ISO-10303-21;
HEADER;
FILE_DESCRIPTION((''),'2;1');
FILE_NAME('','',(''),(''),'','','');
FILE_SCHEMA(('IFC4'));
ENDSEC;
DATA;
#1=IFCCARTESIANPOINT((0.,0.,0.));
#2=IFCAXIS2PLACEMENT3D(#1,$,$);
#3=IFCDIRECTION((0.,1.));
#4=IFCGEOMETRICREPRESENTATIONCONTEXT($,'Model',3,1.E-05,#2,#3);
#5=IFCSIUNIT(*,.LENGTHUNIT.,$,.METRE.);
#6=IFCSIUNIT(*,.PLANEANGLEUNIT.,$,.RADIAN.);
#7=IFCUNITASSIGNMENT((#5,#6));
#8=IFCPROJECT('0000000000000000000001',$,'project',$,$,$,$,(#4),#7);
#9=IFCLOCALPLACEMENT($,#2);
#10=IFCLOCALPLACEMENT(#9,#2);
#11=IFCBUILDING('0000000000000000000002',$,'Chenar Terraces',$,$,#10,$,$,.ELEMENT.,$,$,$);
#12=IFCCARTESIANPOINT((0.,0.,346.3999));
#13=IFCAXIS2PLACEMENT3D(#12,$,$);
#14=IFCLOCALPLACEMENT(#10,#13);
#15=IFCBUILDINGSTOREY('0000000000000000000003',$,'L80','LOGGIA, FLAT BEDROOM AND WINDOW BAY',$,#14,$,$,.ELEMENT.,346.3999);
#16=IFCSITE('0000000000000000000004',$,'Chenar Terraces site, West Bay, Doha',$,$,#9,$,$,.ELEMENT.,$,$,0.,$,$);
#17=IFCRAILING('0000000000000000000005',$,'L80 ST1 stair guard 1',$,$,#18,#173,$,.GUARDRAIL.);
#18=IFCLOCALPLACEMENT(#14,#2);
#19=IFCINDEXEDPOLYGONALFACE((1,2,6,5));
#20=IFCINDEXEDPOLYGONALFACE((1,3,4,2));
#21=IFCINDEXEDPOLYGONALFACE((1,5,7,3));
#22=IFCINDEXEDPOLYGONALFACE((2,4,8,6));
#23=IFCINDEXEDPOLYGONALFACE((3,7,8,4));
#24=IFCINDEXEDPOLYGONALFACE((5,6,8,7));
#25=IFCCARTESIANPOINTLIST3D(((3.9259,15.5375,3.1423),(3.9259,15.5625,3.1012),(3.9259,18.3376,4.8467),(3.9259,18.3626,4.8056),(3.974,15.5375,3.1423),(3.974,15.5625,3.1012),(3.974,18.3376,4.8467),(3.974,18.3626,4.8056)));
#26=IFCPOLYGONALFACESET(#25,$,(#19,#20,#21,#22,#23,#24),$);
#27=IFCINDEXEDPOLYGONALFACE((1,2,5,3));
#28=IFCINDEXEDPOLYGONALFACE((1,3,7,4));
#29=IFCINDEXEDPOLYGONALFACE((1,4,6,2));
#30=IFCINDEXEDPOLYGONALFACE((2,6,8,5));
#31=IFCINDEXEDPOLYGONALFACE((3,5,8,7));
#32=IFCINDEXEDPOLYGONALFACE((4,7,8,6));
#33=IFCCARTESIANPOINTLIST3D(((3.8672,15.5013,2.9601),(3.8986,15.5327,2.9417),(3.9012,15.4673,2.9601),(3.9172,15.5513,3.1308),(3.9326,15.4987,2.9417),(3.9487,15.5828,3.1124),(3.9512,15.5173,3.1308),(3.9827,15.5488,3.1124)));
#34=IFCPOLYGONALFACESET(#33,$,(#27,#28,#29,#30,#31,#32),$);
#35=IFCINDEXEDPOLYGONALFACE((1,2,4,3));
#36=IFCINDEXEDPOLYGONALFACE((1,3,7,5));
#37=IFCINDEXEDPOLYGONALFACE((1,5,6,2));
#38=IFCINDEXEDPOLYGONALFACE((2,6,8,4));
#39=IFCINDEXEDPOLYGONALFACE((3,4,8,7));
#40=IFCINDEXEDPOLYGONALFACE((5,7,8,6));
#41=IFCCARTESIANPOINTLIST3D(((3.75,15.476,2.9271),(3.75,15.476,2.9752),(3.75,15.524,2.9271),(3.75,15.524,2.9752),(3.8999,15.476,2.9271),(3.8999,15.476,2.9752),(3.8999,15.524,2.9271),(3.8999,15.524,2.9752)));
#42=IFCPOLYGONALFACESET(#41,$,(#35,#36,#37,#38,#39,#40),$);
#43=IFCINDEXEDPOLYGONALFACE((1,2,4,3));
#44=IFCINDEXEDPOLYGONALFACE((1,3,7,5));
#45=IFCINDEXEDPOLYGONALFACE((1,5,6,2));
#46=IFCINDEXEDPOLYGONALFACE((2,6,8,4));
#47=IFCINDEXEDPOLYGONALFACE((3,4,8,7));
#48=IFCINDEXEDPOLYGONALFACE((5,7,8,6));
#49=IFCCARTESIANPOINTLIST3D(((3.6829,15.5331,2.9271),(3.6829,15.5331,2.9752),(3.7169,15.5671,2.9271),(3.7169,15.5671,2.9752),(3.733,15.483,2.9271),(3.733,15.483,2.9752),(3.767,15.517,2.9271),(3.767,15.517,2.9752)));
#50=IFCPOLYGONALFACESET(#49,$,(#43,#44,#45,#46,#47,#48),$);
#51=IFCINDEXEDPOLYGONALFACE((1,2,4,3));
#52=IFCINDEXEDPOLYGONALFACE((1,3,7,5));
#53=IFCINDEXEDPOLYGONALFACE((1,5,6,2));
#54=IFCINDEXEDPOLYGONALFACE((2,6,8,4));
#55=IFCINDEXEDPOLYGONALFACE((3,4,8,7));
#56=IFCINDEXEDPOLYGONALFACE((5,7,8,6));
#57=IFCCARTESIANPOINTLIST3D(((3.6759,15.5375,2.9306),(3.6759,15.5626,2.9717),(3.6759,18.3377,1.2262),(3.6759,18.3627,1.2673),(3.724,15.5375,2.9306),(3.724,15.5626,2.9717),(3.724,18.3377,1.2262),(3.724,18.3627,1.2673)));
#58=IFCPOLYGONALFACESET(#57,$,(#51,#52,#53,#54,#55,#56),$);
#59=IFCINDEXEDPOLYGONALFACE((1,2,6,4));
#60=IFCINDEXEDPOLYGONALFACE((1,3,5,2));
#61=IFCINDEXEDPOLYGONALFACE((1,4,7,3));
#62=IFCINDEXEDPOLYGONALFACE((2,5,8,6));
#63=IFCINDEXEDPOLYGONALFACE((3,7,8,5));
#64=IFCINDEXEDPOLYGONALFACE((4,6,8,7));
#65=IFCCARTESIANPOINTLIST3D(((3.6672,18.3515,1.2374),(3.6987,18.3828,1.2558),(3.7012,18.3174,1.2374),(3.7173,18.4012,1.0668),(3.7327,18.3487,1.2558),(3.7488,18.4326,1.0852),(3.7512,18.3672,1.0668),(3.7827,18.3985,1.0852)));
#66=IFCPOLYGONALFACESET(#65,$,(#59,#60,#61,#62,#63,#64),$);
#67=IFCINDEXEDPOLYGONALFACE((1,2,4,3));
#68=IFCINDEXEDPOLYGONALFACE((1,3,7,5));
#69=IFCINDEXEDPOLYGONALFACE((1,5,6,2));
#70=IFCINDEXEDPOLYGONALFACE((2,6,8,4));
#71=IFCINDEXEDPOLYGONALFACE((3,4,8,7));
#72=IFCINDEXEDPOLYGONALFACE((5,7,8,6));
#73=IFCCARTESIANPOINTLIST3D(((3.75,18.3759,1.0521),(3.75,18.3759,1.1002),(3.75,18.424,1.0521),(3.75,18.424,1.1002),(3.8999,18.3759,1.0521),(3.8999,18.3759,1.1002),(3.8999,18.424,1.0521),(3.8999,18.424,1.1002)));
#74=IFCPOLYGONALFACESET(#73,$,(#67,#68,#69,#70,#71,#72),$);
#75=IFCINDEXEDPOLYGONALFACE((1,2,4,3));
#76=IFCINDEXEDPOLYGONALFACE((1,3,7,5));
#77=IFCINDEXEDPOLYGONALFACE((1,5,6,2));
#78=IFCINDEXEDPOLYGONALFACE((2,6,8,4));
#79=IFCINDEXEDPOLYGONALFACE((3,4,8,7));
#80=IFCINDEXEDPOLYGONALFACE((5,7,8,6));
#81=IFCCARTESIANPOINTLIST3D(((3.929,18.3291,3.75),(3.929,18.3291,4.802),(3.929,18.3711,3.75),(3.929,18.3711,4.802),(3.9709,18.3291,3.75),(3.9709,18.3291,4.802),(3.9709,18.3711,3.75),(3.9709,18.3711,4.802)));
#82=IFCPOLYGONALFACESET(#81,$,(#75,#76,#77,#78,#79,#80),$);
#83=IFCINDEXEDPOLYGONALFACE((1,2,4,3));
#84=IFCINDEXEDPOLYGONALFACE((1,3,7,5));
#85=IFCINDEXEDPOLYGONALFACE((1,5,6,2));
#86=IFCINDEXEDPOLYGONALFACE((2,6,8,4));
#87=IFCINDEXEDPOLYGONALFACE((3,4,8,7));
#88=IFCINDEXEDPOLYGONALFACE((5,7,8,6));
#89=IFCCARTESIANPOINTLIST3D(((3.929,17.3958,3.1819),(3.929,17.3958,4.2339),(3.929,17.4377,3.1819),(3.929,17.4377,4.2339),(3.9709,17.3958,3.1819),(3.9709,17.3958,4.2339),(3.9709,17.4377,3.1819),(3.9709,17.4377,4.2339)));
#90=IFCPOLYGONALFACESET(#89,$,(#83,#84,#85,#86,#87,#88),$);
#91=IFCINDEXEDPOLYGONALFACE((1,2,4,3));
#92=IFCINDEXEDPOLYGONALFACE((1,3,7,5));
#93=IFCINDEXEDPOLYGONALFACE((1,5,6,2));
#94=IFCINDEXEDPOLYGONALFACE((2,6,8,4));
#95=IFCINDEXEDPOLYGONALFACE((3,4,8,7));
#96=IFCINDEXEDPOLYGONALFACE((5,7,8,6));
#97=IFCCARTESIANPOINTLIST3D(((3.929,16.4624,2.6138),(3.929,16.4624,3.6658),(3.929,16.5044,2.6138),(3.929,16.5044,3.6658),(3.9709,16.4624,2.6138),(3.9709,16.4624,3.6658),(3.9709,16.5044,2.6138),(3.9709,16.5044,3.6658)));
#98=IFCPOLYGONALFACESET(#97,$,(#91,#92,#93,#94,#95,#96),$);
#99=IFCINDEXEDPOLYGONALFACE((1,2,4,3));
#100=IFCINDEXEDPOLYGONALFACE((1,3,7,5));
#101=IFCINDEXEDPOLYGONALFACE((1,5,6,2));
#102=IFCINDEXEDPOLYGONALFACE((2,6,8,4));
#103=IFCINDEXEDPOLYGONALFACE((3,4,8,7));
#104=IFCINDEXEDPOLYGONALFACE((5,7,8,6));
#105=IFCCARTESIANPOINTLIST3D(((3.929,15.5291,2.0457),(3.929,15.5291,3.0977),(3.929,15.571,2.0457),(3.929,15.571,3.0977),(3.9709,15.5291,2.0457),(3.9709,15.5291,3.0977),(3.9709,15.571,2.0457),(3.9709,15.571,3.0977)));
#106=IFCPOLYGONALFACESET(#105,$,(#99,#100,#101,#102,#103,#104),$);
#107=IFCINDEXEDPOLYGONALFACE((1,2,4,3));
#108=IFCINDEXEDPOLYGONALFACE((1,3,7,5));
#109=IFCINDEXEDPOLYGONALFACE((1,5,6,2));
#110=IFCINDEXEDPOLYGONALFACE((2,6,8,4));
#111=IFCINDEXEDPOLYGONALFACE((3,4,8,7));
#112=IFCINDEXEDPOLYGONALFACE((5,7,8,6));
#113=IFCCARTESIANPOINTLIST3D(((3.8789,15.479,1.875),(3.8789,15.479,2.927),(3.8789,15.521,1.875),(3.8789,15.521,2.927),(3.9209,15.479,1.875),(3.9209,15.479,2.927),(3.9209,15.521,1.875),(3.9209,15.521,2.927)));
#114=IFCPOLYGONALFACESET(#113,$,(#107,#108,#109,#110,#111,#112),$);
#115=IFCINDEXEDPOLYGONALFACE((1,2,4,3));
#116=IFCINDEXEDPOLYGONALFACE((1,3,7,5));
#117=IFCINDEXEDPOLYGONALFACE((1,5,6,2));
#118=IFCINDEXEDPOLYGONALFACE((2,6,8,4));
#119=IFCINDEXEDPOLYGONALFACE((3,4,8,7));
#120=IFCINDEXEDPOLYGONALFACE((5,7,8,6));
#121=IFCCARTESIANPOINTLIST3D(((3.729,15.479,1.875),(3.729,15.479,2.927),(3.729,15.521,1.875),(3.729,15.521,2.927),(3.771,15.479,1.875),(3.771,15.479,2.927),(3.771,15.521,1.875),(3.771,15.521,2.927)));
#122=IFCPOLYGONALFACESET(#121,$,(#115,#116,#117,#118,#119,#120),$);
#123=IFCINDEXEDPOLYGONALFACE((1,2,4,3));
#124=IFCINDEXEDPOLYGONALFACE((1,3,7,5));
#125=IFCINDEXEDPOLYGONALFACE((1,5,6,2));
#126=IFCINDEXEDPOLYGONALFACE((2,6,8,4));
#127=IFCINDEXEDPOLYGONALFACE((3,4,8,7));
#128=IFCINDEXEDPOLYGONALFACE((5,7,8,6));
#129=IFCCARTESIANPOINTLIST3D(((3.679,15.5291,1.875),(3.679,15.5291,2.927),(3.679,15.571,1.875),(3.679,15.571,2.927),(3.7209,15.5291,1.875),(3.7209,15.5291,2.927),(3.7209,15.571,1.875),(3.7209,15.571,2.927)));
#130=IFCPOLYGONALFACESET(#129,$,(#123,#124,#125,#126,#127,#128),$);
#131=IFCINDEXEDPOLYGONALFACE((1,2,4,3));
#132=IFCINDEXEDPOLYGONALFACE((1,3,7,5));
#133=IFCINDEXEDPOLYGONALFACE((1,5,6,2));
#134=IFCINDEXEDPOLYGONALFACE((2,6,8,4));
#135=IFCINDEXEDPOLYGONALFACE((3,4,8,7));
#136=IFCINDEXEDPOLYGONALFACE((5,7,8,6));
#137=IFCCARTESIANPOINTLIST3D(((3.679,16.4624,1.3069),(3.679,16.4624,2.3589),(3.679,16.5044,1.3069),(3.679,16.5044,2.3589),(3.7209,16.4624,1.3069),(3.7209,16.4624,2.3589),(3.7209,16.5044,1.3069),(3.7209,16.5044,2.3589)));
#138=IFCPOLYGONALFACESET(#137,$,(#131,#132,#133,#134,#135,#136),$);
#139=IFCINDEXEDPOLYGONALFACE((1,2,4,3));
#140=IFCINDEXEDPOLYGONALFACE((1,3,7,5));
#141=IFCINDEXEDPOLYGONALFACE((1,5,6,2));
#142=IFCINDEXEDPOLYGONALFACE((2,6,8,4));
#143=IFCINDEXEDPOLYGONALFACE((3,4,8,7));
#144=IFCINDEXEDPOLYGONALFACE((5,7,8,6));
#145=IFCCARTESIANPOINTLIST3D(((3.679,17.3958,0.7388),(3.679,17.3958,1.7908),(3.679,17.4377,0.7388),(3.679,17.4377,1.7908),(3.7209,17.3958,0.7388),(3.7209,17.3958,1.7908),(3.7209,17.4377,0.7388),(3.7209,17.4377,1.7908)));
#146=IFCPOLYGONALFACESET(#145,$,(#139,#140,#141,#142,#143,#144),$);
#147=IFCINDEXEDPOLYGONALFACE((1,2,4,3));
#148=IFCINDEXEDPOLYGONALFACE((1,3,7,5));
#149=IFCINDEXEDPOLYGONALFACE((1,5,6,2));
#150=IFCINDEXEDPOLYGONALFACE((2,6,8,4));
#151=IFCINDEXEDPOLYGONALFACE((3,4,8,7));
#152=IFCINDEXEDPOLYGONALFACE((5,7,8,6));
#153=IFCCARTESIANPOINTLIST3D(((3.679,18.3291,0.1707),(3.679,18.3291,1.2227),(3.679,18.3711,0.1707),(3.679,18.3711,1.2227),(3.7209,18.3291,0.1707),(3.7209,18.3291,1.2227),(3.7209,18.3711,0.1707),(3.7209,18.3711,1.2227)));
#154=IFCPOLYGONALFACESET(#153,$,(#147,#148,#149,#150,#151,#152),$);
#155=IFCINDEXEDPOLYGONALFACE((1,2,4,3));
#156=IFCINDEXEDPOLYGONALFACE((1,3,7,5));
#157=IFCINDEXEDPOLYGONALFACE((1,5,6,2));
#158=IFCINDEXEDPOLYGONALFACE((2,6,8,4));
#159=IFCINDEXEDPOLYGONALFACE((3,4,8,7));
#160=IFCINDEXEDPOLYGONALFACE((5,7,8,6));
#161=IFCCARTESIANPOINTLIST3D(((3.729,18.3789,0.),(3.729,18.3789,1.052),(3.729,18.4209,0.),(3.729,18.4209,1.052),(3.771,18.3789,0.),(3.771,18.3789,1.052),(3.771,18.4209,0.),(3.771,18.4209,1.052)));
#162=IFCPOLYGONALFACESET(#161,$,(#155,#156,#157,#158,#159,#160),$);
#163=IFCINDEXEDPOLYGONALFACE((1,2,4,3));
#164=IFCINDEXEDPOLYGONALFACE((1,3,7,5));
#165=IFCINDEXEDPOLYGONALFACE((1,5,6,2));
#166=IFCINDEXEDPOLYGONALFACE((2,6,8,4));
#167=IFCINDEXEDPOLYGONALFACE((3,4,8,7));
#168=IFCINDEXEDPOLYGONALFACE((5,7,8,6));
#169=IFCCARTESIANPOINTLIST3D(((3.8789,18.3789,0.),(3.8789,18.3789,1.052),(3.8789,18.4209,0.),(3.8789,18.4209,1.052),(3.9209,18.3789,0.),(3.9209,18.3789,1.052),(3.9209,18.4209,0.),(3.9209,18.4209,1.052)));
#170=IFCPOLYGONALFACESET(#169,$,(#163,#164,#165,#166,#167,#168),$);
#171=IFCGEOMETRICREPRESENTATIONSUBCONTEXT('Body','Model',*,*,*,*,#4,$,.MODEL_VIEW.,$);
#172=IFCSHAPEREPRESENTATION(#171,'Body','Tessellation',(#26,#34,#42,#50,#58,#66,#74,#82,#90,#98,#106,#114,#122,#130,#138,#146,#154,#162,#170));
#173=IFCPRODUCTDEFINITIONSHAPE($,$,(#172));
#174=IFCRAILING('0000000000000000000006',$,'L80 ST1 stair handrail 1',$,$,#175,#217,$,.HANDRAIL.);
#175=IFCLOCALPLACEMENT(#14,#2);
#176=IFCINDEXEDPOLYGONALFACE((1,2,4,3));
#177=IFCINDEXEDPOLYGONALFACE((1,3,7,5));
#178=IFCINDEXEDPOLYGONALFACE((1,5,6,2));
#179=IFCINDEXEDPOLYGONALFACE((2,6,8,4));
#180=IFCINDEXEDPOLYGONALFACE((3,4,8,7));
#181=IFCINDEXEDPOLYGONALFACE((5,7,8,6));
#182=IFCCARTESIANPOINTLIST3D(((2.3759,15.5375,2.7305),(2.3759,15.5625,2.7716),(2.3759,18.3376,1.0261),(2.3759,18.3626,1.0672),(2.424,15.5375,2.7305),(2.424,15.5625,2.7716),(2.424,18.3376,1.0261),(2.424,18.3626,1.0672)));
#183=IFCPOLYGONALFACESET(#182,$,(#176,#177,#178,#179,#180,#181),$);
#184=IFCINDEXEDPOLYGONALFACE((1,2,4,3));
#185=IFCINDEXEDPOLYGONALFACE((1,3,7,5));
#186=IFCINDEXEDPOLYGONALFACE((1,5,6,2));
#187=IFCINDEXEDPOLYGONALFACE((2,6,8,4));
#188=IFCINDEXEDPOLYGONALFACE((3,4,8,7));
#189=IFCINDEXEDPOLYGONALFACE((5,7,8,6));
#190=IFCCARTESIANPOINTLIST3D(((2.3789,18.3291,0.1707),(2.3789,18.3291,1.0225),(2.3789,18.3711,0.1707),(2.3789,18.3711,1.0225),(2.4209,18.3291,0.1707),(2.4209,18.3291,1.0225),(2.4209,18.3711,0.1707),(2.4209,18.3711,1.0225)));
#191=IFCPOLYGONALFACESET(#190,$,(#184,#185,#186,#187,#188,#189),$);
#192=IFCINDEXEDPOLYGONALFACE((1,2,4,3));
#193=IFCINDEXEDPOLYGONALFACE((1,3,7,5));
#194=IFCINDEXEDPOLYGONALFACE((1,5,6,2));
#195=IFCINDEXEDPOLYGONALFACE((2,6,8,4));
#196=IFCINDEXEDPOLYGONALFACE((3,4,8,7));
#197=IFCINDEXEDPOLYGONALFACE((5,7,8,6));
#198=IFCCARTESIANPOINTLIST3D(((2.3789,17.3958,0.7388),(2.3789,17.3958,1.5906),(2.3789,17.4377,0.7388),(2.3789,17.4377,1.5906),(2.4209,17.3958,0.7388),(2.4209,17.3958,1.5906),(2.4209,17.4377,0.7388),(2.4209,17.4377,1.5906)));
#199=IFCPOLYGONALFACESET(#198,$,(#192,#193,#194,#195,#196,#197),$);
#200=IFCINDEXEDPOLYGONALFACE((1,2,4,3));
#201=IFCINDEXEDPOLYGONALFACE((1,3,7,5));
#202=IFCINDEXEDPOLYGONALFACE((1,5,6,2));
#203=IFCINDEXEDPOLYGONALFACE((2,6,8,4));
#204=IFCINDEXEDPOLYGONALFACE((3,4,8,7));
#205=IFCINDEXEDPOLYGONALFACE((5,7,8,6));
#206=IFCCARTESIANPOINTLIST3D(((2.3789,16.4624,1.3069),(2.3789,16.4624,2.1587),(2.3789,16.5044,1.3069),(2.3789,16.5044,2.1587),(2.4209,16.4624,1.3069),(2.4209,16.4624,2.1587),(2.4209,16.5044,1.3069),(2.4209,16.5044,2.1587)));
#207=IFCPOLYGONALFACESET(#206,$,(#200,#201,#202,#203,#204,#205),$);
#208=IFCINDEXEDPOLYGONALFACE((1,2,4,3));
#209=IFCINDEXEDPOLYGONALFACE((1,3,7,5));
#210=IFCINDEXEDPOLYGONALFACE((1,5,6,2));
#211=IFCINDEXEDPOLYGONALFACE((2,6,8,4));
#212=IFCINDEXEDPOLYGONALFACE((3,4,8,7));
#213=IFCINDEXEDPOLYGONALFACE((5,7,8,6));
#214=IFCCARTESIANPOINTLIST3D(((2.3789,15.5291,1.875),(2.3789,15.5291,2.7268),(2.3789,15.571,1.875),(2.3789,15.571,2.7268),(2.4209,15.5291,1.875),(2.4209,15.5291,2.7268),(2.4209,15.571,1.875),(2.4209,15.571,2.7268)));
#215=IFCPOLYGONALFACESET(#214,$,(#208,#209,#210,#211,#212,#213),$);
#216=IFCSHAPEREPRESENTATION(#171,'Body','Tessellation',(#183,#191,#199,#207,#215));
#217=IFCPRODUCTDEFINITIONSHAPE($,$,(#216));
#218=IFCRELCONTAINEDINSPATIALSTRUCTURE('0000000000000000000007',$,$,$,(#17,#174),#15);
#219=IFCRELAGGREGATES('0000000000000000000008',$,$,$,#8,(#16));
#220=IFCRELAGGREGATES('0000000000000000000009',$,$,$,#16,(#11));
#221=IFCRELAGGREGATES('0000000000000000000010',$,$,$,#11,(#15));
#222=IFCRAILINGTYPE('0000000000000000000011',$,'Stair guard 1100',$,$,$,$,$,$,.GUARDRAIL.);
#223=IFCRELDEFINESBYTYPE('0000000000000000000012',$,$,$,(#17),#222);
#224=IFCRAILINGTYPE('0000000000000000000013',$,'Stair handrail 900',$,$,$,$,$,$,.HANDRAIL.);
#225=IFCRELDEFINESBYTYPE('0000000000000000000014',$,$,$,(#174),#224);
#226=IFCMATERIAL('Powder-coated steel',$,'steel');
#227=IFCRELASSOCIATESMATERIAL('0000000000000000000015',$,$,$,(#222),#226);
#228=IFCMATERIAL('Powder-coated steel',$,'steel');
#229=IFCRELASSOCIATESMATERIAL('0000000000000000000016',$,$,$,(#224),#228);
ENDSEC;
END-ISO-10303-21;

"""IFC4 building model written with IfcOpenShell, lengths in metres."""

from ifc_helpers import new_model, si_unit, direction, frame, origin, origin_2d, place, context, subcontext, project, spatial, rectangle, extrude, material, type_object, element, save


model = new_model("IFC4")

# Units and contexts
model_context = context("Model", 3, precision=1e-05, world=origin(), true_north=direction((0.0, 1.0)))
body_context = subcontext(model_context, "Body", "Model", "MODEL_VIEW")
ifc_project = project(units=[si_unit("LENGTHUNIT", "METRE"), si_unit("PLANEANGLEUNIT", "RADIAN")], contexts=[model_context])

# Site, building, storey
site_placement = place(None, origin())
site = spatial("IfcSite", under=ifc_project, at=site_placement, Name="Chenar Terraces site, West Bay, Doha", CompositionType="ELEMENT", RefElevation=0.0)
building_placement = place(site_placement, origin())
building = spatial("IfcBuilding", under=site, at=building_placement, Name="Chenar Terraces", CompositionType="ELEMENT")
storey_placement = place(building_placement, frame((0.0, 0.0, 346.3999)))
storey = spatial("IfcBuildingStorey", under=building, at=storey_placement, Name="L80", Description="LOGGIA, FLAT BEDROOM AND WINDOW BAY", CompositionType="ELEMENT", Elevation=346.3999)

# Railings
ifc_material_1 = material(Name="Powder-coated steel", Category="steel")
railing_type_1 = type_object("IfcRailingType", Name="Stair guard 1100", PredefinedType="GUARDRAIL", material=ifc_material_1)
railing_1_placement = place(storey_placement, frame((3.95, 18.3501, 3.75)))
element("IfcRailing", 1, at=railing_1_placement, inside=storey, type_object=railing_type_1, Name="L80 ST1 stair guard 1", PredefinedType="GUARDRAIL", context=body_context, shape_type="SweptSolid", body=[
    extrude(rectangle(XDim=0.0481, YDim=0.0481, at=origin_2d()), frame((0.0, 0.0, 1.0762), z_axis=(0.0, -0.854203, -0.51994), x_axis=(1.0, 0.0, 0.0)), (0.0, 0.0, 1.0), 3.2781),
    extrude(rectangle(XDim=0.0481, YDim=0.0481, at=origin_2d()), frame((0.0, -2.8, -0.6284), z_axis=(-0.2709, -0.2709, -0.923703), x_axis=(0.707107, -0.707107, 0.0)), (0.0, 0.0, 1.0), 0.1848),
    extrude(rectangle(XDim=0.0481, YDim=0.0481, at=origin_2d()), frame((-0.05, -2.8501, -0.7988), z_axis=(-1.0, 0.0, 0.0), x_axis=(0.0, -1.0, 0.0)), (0.0, 0.0, 1.0), 0.1499),
    extrude(rectangle(XDim=0.0481, YDim=0.0481, at=origin_2d()), frame((-0.2, -2.8501, -0.7988), z_axis=(-0.707107, 0.707107, 0.0), x_axis=(-0.707107, -0.707107, 0.0)), (0.0, 0.0, 1.0), 0.0708),
    extrude(rectangle(XDim=0.0481, YDim=0.0481, at=origin_2d()), frame((-0.25, -2.8, -0.7988), z_axis=(0.0, 0.854203, -0.51994), x_axis=(-1.0, 0.0, 0.0)), (0.0, 0.0, 1.0), 3.2781),
    extrude(rectangle(XDim=0.0481, YDim=0.0481, at=origin_2d()), frame((-0.25, 0.0, -2.5034), z_axis=(0.270997, 0.269675, -0.924033), x_axis=(-0.705376, 0.708834, 0.0)), (0.0, 0.0, 1.0), 0.1846),
    extrude(rectangle(XDim=0.0481, YDim=0.0481, at=origin_2d()), frame((-0.2, 0.0498, -2.6738), z_axis=(1.0, 0.0, 0.0), x_axis=(0.0, 1.0, 0.0)), (0.0, 0.0, 1.0), 0.1499),
    extrude(rectangle(XDim=0.042, YDim=0.042, at=origin_2d()), origin(), (0.0, 0.0, 1.0), 1.052),
    extrude(rectangle(XDim=0.042, YDim=0.042, at=origin_2d()), frame((0.0, -0.9333, -0.5681)), (0.0, 0.0, 1.0), 1.052),
    extrude(rectangle(XDim=0.042, YDim=0.042, at=origin_2d()), frame((0.0, -1.8667, -1.1362)), (0.0, 0.0, 1.0), 1.052),
    extrude(rectangle(XDim=0.042, YDim=0.042, at=origin_2d()), frame((0.0, -2.8, -1.7043)), (0.0, 0.0, 1.0), 1.052),
    extrude(rectangle(XDim=0.042, YDim=0.042, at=origin_2d()), frame((-0.05, -2.8501, -1.875)), (0.0, 0.0, 1.0), 1.052),
    extrude(rectangle(XDim=0.042, YDim=0.042, at=origin_2d()), frame((-0.2, -2.8501, -1.875)), (0.0, 0.0, 1.0), 1.052),
    extrude(rectangle(XDim=0.042, YDim=0.042, at=origin_2d()), frame((-0.25, -2.8, -1.875)), (0.0, 0.0, 1.0), 1.052),
    extrude(rectangle(XDim=0.042, YDim=0.042, at=origin_2d()), frame((-0.25, -1.8667, -2.4431)), (0.0, 0.0, 1.0), 1.052),
    extrude(rectangle(XDim=0.042, YDim=0.042, at=origin_2d()), frame((-0.25, -0.9333, -3.0112)), (0.0, 0.0, 1.0), 1.052),
    extrude(rectangle(XDim=0.042, YDim=0.042, at=origin_2d()), frame((-0.25, 0.0, -3.5793)), (0.0, 0.0, 1.0), 1.052),
    extrude(rectangle(XDim=0.042, YDim=0.042, at=origin_2d()), frame((-0.2, 0.0498, -3.75)), (0.0, 0.0, 1.0), 1.052),
    extrude(rectangle(XDim=0.042, YDim=0.042, at=origin_2d()), frame((-0.05, 0.0498, -3.75)), (0.0, 0.0, 1.0), 1.052),
])
ifc_material_2 = material(Name="Powder-coated steel", Category="steel")
railing_type_2 = type_object("IfcRailingType", Name="Stair handrail 900", PredefinedType="HANDRAIL", material=ifc_material_2)
railing_2_placement = place(storey_placement, frame((2.3999, 18.3501, 0.1707)))
element("IfcRailing", 2, at=railing_2_placement, inside=storey, type_object=railing_type_2, Name="L80 ST1 stair handrail 1", PredefinedType="HANDRAIL", context=body_context, shape_type="SweptSolid", body=[
    extrude(rectangle(XDim=0.0481, YDim=0.0481, at=origin_2d()), frame((0.0, 0.0, 0.876), z_axis=(0.0, -0.854203, 0.51994), x_axis=(1.0, 0.0, 0.0)), (0.0, 0.0, 1.0), 3.2781),
    extrude(rectangle(XDim=0.042, YDim=0.042, at=origin_2d()), origin(), (0.0, 0.0, 1.0), 0.8518),
    extrude(rectangle(XDim=0.042, YDim=0.042, at=origin_2d()), frame((0.0, -0.9333, 0.5681)), (0.0, 0.0, 1.0), 0.8518),
    extrude(rectangle(XDim=0.042, YDim=0.042, at=origin_2d()), frame((0.0, -1.8667, 1.1362)), (0.0, 0.0, 1.0), 0.8518),
    extrude(rectangle(XDim=0.042, YDim=0.042, at=origin_2d()), frame((0.0, -2.8, 1.7043)), (0.0, 0.0, 1.0), 0.8518),
])

save(model, "model.ifc")
